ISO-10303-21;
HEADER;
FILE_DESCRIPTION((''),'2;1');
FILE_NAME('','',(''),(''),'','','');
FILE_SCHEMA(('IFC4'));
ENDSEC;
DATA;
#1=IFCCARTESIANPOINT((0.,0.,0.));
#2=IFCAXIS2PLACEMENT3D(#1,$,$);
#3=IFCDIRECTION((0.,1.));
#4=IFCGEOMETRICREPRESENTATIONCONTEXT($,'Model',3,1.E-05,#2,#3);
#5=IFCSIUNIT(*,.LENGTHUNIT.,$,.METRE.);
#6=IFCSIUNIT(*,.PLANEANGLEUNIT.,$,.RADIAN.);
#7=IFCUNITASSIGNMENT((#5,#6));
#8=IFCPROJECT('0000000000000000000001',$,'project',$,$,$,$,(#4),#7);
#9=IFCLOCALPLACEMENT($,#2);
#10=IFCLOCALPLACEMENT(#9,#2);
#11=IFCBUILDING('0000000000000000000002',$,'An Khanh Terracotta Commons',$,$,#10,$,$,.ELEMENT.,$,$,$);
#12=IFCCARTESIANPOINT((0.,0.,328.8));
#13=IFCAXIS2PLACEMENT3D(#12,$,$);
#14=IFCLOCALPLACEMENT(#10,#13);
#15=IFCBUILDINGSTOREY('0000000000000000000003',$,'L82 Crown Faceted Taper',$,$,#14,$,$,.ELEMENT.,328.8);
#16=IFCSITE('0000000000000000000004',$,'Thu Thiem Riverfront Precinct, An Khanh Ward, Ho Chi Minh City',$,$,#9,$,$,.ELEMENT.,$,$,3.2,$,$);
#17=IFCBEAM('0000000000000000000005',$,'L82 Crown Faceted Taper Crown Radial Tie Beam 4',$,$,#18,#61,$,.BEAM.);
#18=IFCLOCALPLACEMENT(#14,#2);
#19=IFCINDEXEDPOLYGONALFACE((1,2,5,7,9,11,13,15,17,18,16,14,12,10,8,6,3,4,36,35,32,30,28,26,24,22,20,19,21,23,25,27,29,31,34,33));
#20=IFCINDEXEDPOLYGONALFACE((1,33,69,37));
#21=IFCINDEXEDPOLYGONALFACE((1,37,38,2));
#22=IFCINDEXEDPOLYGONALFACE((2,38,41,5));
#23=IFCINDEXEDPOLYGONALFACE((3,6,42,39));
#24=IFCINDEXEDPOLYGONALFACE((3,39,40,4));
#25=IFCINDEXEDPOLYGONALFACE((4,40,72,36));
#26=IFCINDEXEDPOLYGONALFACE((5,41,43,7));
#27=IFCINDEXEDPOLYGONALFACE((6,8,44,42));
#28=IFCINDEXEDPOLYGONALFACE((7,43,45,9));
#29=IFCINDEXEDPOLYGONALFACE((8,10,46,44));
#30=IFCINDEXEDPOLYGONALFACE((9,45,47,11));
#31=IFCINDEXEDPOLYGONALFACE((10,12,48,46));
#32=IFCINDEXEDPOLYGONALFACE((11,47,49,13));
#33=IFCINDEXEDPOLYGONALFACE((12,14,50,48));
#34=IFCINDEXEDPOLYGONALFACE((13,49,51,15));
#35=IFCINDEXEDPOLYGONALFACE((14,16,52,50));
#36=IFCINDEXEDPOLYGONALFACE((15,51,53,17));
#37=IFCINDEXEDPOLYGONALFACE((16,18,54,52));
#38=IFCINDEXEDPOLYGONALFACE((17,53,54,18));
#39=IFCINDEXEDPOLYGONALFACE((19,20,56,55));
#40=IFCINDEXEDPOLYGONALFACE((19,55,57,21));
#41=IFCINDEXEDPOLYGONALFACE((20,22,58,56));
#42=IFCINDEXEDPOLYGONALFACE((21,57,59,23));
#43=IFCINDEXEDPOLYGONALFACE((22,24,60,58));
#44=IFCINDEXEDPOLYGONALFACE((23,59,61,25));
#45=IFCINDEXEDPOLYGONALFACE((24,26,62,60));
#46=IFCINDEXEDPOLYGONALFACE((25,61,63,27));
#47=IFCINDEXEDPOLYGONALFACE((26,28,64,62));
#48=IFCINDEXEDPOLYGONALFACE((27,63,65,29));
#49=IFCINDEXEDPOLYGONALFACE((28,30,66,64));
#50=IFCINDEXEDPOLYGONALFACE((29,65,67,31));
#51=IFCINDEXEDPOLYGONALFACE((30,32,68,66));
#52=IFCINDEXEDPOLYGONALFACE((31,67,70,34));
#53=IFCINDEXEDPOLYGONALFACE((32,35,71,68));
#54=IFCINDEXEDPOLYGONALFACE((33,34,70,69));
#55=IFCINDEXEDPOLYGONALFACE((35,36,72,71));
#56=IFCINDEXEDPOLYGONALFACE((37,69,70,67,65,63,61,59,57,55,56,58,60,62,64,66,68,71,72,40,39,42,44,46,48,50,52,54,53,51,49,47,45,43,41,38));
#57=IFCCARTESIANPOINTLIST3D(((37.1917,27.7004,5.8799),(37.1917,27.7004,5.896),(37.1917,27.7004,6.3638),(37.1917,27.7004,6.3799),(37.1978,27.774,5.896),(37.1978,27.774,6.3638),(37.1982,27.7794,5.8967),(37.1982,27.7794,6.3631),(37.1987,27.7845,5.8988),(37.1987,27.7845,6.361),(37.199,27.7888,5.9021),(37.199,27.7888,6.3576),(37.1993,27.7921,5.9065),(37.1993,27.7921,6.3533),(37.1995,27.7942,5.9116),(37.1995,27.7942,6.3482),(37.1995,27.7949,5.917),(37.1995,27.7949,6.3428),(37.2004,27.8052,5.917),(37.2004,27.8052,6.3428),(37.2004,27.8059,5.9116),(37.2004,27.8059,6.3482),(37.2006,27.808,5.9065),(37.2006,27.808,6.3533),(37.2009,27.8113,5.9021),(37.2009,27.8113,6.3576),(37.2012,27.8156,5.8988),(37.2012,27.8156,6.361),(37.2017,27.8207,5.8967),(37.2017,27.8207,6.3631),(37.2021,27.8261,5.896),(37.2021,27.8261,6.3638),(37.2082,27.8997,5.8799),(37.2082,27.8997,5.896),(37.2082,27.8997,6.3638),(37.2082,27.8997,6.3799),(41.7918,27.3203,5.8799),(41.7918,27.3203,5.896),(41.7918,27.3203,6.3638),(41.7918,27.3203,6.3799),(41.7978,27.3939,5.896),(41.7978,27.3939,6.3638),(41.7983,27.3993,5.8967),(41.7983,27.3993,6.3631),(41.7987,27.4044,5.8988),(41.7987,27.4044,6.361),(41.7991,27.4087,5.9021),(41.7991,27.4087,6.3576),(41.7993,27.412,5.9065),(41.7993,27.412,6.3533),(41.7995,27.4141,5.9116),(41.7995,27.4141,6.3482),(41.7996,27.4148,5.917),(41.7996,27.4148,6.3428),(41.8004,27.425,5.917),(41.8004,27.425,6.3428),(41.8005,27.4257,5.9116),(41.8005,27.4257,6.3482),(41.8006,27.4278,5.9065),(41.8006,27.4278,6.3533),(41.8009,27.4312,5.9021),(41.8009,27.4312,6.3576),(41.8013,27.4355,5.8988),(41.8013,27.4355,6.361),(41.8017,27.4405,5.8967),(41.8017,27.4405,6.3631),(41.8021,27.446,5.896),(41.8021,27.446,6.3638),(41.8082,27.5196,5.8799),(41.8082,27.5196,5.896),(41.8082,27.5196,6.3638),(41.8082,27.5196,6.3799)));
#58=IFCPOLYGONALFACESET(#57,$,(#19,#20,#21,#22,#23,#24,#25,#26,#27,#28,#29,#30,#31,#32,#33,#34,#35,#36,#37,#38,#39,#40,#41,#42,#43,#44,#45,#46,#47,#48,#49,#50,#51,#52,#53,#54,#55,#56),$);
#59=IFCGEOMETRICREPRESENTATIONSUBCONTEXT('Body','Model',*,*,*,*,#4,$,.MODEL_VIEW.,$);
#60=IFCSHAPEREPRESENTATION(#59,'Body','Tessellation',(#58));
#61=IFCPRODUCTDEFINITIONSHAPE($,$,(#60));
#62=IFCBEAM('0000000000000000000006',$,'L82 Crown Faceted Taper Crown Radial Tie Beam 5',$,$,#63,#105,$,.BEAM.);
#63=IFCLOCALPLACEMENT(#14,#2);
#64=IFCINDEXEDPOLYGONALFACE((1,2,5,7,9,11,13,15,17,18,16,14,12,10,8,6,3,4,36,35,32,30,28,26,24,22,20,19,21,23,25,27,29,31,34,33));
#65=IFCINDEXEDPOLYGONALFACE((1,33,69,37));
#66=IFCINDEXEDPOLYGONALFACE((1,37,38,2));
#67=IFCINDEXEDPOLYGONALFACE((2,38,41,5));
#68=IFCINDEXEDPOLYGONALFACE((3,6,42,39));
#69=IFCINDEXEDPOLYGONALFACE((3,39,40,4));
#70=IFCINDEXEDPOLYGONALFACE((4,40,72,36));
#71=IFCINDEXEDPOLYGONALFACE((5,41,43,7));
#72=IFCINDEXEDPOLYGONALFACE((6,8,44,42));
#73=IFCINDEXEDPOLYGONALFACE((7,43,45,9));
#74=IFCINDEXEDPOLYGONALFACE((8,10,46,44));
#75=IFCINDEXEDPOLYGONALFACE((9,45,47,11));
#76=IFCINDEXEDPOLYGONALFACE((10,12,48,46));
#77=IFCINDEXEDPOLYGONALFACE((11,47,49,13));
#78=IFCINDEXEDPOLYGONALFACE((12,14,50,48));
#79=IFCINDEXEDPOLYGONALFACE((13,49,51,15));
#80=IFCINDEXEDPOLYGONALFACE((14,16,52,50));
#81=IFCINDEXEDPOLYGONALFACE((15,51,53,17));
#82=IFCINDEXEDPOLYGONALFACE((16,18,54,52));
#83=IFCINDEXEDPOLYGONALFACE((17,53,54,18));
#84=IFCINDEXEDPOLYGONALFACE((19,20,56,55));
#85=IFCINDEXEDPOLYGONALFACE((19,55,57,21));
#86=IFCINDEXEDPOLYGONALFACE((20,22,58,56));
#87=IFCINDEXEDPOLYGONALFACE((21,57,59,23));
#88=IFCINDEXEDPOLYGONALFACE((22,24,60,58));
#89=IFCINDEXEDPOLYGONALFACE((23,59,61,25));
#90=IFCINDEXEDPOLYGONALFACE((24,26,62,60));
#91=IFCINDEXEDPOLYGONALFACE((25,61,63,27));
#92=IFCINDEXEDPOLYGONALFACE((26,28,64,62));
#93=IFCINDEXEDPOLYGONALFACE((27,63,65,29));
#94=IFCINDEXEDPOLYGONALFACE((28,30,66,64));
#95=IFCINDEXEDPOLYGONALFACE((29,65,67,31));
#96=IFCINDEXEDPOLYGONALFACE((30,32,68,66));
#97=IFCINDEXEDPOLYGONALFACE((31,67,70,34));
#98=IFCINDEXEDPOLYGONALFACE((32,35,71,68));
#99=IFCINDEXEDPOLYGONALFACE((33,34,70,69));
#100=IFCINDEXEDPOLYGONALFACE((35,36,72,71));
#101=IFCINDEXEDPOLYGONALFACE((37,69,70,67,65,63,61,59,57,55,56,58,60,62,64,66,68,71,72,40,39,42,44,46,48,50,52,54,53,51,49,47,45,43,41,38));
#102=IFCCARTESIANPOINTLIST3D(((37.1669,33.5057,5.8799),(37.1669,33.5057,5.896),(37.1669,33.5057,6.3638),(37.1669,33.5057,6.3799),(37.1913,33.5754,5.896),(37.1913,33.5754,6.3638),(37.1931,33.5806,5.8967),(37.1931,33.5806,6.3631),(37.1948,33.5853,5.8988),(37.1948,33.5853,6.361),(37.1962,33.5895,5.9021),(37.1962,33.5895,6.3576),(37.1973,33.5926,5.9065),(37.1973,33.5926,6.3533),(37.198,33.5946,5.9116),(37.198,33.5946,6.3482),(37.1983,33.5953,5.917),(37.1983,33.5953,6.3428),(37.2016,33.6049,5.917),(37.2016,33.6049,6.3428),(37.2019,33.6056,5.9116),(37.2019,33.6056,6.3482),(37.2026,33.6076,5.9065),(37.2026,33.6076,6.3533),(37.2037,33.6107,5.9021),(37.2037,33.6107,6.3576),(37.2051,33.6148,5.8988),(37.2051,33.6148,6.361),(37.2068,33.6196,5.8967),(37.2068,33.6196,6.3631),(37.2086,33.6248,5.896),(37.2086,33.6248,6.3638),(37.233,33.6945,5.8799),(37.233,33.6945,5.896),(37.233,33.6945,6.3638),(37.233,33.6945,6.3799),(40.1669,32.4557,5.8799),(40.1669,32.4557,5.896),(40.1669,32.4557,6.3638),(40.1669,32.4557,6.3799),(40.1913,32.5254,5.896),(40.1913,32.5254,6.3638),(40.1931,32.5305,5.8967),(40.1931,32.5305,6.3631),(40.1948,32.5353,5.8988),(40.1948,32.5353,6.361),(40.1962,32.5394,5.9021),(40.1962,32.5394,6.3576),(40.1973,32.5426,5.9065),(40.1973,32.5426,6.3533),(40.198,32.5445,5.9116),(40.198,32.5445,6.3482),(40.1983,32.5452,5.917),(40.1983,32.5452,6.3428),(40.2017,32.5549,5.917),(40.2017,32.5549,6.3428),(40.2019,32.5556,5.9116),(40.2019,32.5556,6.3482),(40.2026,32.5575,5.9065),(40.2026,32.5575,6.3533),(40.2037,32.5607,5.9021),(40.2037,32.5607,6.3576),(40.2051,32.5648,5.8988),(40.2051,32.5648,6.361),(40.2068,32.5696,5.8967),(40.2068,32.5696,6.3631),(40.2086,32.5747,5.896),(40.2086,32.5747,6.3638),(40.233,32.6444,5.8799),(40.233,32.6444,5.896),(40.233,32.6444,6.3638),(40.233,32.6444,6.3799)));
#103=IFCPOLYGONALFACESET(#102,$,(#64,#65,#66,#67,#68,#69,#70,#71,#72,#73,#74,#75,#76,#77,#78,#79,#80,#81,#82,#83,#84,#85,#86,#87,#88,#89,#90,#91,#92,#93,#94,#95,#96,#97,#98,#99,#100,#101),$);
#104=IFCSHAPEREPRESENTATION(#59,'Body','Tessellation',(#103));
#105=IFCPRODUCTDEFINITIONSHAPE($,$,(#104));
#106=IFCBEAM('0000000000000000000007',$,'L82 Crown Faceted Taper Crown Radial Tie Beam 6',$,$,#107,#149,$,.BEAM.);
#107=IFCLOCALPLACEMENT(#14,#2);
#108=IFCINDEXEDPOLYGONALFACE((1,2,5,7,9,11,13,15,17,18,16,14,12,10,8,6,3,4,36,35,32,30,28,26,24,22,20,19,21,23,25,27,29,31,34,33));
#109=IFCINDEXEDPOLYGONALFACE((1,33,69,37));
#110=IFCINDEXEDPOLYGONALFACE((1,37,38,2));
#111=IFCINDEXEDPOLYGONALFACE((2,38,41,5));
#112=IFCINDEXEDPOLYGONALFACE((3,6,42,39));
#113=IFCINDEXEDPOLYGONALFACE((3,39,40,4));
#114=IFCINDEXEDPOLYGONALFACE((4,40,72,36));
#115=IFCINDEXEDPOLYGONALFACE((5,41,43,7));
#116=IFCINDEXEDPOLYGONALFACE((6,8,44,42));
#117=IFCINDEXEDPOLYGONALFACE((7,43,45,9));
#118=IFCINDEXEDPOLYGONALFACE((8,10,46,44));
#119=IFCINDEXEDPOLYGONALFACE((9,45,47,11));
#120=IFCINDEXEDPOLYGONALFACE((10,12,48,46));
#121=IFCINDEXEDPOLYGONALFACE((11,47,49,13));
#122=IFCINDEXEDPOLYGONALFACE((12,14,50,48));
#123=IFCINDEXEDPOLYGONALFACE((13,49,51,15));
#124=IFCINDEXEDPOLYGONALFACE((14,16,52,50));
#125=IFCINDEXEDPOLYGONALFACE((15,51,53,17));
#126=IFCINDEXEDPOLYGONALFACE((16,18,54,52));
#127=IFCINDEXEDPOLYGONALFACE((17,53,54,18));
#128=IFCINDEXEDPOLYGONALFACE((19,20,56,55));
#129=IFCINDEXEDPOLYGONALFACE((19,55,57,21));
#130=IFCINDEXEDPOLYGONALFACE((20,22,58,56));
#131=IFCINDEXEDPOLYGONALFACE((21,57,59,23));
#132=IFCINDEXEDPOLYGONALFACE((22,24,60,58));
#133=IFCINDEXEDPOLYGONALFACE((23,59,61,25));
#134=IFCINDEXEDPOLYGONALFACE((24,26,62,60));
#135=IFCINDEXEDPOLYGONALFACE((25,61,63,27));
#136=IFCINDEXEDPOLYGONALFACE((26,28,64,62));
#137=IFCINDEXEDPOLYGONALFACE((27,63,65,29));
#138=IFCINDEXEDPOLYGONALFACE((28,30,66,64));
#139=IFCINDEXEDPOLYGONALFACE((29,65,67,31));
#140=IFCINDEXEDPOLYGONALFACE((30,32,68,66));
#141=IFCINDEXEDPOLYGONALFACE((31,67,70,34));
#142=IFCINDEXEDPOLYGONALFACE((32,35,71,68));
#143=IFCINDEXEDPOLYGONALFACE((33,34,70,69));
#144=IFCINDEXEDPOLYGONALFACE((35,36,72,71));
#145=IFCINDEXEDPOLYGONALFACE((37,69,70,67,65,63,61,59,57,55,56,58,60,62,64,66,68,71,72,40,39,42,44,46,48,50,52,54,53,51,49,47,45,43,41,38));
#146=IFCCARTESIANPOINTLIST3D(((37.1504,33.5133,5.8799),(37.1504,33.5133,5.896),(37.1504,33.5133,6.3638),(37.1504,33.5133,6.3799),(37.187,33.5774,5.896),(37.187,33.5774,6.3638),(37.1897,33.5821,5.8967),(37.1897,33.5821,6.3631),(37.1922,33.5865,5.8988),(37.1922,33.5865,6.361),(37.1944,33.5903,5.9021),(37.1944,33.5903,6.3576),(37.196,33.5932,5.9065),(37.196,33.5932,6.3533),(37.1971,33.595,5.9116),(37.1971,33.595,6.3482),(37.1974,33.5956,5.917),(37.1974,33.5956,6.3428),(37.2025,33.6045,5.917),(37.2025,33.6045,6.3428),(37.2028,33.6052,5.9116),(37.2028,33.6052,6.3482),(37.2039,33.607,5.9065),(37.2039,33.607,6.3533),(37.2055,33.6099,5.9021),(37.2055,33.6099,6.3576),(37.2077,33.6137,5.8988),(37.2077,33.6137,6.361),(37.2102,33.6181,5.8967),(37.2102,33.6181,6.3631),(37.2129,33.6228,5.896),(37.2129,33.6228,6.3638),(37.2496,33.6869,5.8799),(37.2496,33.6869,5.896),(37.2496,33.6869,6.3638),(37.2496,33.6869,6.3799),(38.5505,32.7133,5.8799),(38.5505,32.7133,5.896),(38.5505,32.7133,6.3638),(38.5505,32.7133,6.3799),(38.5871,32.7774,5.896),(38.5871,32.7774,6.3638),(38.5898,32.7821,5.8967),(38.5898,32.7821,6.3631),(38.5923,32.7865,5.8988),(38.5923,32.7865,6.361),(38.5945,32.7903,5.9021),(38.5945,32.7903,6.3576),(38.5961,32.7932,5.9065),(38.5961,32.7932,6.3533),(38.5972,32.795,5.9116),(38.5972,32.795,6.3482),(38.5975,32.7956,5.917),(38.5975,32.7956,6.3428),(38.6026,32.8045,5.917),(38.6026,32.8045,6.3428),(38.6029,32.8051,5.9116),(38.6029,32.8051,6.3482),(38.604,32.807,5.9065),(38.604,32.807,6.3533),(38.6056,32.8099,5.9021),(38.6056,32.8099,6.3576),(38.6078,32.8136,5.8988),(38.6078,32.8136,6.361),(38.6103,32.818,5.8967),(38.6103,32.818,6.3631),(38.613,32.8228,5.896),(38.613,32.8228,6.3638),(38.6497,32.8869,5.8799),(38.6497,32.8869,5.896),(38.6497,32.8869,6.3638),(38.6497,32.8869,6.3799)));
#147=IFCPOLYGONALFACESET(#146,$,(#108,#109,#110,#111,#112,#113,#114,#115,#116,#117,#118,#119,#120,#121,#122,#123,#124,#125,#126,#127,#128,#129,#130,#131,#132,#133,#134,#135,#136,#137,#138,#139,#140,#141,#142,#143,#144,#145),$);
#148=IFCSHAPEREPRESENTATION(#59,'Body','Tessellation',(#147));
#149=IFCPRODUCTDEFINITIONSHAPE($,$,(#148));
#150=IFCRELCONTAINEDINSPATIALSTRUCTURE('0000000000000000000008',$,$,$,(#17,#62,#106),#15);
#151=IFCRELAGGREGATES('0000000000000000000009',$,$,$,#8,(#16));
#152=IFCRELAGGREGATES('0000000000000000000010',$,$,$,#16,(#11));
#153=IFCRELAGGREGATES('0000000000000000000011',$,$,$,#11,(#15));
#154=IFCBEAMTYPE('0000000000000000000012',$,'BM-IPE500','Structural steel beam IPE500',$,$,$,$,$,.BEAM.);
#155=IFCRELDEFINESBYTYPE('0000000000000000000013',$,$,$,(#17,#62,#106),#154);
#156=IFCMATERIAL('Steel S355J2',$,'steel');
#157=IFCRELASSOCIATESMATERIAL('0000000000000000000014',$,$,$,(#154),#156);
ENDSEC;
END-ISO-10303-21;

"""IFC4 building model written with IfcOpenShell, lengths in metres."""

from ifc_helpers import new_model, si_unit, direction, frame, origin, origin_2d, place, context, subcontext, project, spatial, i_section, extrude, material, material_profile, profile_set, type_object, element, save


model = new_model("IFC4")

# Units and contexts
model_context = context("Model", 3, precision=1e-05, world=origin(), true_north=direction((0.0, 1.0)))
body_context = subcontext(model_context, "Body", "Model", "MODEL_VIEW")
ifc_project = project(units=[si_unit("LENGTHUNIT", "METRE"), si_unit("PLANEANGLEUNIT", "RADIAN")], contexts=[model_context])

# Site, building, storey
site_placement = place(None, origin())
site = spatial("IfcSite", under=ifc_project, at=site_placement, Name="Thu Thiem Riverfront Precinct, An Khanh Ward, Ho Chi Minh City", CompositionType="ELEMENT", RefElevation=3.2)
building_placement = place(site_placement, origin())
building = spatial("IfcBuilding", under=site, at=building_placement, Name="An Khanh Terracotta Commons", CompositionType="ELEMENT")
storey_placement = place(building_placement, frame((0.0, 0.0, 328.8)))
storey = spatial("IfcBuildingStorey", under=building, at=storey_placement, Name="L82 Crown Faceted Taper", CompositionType="ELEMENT", Elevation=328.8)

# Beams
ifc_material_1 = material(Name="Steel S355J2", Category="steel")
ifc_material_profile_1 = material_profile(ifc_material_1, i_section(OverallWidth=0.2, OverallDepth=0.5, WebThickness=0.0103, FlangeThickness=0.0161, FilletRadius=0.021, at=origin_2d()), Name="IPE500")
ifc_profile_set_1 = profile_set([ifc_material_profile_1], Name="Steel S355J2")
beam_type_1 = type_object("IfcBeamType", Name="BM-IPE500", Description="Structural steel beam IPE500", PredefinedType="BEAM", material=ifc_profile_set_1)
beam_1_placement = place(storey_placement, frame((37.2, 27.8, 6.1299), z_axis=(0.996603, -0.082354, 0.0), x_axis=(0.082354, 0.996603, 0.0)))
element("IfcBeam", 1, at=beam_1_placement, inside=storey, type_object=beam_type_1, Name="L82 Crown Faceted Taper Crown Radial Tie Beam 4", PredefinedType="BEAM", context=body_context, shape_type="SweptSolid", body=[
    extrude(i_section(OverallWidth=0.2, OverallDepth=0.5, WebThickness=0.0103, FlangeThickness=0.0161, FilletRadius=0.021, at=origin_2d()), origin(), (0.0, 0.0, 1.0), 4.6157),
])
beam_2_placement = place(storey_placement, frame((37.2, 33.6001, 6.1299), z_axis=(0.943854, -0.330364, 0.0), x_axis=(0.330364, 0.943854, 0.0)))
element("IfcBeam", 2, at=beam_2_placement, inside=storey, type_object=beam_type_1, Name="L82 Crown Faceted Taper Crown Radial Tie Beam 5", PredefinedType="BEAM", context=body_context, shape_type="SweptSolid", body=[
    extrude(i_section(OverallWidth=0.2, OverallDepth=0.5, WebThickness=0.0103, FlangeThickness=0.0161, FilletRadius=0.021, at=origin_2d()), origin(), (0.0, 0.0, 1.0), 3.1785),
])
beam_3_placement = place(storey_placement, frame((37.2, 33.6001, 6.1299), z_axis=(0.868252, -0.496123, 0.0), x_axis=(0.496123, 0.868252, 0.0)))
element("IfcBeam", 3, at=beam_3_placement, inside=storey, type_object=beam_type_1, Name="L82 Crown Faceted Taper Crown Radial Tie Beam 6", PredefinedType="BEAM", context=body_context, shape_type="SweptSolid", body=[
    extrude(i_section(OverallWidth=0.2, OverallDepth=0.5, WebThickness=0.0103, FlangeThickness=0.0161, FilletRadius=0.021, at=origin_2d()), origin(), (0.0, 0.0, 1.0), 1.6125),
])

save(model, "model.ifc")
